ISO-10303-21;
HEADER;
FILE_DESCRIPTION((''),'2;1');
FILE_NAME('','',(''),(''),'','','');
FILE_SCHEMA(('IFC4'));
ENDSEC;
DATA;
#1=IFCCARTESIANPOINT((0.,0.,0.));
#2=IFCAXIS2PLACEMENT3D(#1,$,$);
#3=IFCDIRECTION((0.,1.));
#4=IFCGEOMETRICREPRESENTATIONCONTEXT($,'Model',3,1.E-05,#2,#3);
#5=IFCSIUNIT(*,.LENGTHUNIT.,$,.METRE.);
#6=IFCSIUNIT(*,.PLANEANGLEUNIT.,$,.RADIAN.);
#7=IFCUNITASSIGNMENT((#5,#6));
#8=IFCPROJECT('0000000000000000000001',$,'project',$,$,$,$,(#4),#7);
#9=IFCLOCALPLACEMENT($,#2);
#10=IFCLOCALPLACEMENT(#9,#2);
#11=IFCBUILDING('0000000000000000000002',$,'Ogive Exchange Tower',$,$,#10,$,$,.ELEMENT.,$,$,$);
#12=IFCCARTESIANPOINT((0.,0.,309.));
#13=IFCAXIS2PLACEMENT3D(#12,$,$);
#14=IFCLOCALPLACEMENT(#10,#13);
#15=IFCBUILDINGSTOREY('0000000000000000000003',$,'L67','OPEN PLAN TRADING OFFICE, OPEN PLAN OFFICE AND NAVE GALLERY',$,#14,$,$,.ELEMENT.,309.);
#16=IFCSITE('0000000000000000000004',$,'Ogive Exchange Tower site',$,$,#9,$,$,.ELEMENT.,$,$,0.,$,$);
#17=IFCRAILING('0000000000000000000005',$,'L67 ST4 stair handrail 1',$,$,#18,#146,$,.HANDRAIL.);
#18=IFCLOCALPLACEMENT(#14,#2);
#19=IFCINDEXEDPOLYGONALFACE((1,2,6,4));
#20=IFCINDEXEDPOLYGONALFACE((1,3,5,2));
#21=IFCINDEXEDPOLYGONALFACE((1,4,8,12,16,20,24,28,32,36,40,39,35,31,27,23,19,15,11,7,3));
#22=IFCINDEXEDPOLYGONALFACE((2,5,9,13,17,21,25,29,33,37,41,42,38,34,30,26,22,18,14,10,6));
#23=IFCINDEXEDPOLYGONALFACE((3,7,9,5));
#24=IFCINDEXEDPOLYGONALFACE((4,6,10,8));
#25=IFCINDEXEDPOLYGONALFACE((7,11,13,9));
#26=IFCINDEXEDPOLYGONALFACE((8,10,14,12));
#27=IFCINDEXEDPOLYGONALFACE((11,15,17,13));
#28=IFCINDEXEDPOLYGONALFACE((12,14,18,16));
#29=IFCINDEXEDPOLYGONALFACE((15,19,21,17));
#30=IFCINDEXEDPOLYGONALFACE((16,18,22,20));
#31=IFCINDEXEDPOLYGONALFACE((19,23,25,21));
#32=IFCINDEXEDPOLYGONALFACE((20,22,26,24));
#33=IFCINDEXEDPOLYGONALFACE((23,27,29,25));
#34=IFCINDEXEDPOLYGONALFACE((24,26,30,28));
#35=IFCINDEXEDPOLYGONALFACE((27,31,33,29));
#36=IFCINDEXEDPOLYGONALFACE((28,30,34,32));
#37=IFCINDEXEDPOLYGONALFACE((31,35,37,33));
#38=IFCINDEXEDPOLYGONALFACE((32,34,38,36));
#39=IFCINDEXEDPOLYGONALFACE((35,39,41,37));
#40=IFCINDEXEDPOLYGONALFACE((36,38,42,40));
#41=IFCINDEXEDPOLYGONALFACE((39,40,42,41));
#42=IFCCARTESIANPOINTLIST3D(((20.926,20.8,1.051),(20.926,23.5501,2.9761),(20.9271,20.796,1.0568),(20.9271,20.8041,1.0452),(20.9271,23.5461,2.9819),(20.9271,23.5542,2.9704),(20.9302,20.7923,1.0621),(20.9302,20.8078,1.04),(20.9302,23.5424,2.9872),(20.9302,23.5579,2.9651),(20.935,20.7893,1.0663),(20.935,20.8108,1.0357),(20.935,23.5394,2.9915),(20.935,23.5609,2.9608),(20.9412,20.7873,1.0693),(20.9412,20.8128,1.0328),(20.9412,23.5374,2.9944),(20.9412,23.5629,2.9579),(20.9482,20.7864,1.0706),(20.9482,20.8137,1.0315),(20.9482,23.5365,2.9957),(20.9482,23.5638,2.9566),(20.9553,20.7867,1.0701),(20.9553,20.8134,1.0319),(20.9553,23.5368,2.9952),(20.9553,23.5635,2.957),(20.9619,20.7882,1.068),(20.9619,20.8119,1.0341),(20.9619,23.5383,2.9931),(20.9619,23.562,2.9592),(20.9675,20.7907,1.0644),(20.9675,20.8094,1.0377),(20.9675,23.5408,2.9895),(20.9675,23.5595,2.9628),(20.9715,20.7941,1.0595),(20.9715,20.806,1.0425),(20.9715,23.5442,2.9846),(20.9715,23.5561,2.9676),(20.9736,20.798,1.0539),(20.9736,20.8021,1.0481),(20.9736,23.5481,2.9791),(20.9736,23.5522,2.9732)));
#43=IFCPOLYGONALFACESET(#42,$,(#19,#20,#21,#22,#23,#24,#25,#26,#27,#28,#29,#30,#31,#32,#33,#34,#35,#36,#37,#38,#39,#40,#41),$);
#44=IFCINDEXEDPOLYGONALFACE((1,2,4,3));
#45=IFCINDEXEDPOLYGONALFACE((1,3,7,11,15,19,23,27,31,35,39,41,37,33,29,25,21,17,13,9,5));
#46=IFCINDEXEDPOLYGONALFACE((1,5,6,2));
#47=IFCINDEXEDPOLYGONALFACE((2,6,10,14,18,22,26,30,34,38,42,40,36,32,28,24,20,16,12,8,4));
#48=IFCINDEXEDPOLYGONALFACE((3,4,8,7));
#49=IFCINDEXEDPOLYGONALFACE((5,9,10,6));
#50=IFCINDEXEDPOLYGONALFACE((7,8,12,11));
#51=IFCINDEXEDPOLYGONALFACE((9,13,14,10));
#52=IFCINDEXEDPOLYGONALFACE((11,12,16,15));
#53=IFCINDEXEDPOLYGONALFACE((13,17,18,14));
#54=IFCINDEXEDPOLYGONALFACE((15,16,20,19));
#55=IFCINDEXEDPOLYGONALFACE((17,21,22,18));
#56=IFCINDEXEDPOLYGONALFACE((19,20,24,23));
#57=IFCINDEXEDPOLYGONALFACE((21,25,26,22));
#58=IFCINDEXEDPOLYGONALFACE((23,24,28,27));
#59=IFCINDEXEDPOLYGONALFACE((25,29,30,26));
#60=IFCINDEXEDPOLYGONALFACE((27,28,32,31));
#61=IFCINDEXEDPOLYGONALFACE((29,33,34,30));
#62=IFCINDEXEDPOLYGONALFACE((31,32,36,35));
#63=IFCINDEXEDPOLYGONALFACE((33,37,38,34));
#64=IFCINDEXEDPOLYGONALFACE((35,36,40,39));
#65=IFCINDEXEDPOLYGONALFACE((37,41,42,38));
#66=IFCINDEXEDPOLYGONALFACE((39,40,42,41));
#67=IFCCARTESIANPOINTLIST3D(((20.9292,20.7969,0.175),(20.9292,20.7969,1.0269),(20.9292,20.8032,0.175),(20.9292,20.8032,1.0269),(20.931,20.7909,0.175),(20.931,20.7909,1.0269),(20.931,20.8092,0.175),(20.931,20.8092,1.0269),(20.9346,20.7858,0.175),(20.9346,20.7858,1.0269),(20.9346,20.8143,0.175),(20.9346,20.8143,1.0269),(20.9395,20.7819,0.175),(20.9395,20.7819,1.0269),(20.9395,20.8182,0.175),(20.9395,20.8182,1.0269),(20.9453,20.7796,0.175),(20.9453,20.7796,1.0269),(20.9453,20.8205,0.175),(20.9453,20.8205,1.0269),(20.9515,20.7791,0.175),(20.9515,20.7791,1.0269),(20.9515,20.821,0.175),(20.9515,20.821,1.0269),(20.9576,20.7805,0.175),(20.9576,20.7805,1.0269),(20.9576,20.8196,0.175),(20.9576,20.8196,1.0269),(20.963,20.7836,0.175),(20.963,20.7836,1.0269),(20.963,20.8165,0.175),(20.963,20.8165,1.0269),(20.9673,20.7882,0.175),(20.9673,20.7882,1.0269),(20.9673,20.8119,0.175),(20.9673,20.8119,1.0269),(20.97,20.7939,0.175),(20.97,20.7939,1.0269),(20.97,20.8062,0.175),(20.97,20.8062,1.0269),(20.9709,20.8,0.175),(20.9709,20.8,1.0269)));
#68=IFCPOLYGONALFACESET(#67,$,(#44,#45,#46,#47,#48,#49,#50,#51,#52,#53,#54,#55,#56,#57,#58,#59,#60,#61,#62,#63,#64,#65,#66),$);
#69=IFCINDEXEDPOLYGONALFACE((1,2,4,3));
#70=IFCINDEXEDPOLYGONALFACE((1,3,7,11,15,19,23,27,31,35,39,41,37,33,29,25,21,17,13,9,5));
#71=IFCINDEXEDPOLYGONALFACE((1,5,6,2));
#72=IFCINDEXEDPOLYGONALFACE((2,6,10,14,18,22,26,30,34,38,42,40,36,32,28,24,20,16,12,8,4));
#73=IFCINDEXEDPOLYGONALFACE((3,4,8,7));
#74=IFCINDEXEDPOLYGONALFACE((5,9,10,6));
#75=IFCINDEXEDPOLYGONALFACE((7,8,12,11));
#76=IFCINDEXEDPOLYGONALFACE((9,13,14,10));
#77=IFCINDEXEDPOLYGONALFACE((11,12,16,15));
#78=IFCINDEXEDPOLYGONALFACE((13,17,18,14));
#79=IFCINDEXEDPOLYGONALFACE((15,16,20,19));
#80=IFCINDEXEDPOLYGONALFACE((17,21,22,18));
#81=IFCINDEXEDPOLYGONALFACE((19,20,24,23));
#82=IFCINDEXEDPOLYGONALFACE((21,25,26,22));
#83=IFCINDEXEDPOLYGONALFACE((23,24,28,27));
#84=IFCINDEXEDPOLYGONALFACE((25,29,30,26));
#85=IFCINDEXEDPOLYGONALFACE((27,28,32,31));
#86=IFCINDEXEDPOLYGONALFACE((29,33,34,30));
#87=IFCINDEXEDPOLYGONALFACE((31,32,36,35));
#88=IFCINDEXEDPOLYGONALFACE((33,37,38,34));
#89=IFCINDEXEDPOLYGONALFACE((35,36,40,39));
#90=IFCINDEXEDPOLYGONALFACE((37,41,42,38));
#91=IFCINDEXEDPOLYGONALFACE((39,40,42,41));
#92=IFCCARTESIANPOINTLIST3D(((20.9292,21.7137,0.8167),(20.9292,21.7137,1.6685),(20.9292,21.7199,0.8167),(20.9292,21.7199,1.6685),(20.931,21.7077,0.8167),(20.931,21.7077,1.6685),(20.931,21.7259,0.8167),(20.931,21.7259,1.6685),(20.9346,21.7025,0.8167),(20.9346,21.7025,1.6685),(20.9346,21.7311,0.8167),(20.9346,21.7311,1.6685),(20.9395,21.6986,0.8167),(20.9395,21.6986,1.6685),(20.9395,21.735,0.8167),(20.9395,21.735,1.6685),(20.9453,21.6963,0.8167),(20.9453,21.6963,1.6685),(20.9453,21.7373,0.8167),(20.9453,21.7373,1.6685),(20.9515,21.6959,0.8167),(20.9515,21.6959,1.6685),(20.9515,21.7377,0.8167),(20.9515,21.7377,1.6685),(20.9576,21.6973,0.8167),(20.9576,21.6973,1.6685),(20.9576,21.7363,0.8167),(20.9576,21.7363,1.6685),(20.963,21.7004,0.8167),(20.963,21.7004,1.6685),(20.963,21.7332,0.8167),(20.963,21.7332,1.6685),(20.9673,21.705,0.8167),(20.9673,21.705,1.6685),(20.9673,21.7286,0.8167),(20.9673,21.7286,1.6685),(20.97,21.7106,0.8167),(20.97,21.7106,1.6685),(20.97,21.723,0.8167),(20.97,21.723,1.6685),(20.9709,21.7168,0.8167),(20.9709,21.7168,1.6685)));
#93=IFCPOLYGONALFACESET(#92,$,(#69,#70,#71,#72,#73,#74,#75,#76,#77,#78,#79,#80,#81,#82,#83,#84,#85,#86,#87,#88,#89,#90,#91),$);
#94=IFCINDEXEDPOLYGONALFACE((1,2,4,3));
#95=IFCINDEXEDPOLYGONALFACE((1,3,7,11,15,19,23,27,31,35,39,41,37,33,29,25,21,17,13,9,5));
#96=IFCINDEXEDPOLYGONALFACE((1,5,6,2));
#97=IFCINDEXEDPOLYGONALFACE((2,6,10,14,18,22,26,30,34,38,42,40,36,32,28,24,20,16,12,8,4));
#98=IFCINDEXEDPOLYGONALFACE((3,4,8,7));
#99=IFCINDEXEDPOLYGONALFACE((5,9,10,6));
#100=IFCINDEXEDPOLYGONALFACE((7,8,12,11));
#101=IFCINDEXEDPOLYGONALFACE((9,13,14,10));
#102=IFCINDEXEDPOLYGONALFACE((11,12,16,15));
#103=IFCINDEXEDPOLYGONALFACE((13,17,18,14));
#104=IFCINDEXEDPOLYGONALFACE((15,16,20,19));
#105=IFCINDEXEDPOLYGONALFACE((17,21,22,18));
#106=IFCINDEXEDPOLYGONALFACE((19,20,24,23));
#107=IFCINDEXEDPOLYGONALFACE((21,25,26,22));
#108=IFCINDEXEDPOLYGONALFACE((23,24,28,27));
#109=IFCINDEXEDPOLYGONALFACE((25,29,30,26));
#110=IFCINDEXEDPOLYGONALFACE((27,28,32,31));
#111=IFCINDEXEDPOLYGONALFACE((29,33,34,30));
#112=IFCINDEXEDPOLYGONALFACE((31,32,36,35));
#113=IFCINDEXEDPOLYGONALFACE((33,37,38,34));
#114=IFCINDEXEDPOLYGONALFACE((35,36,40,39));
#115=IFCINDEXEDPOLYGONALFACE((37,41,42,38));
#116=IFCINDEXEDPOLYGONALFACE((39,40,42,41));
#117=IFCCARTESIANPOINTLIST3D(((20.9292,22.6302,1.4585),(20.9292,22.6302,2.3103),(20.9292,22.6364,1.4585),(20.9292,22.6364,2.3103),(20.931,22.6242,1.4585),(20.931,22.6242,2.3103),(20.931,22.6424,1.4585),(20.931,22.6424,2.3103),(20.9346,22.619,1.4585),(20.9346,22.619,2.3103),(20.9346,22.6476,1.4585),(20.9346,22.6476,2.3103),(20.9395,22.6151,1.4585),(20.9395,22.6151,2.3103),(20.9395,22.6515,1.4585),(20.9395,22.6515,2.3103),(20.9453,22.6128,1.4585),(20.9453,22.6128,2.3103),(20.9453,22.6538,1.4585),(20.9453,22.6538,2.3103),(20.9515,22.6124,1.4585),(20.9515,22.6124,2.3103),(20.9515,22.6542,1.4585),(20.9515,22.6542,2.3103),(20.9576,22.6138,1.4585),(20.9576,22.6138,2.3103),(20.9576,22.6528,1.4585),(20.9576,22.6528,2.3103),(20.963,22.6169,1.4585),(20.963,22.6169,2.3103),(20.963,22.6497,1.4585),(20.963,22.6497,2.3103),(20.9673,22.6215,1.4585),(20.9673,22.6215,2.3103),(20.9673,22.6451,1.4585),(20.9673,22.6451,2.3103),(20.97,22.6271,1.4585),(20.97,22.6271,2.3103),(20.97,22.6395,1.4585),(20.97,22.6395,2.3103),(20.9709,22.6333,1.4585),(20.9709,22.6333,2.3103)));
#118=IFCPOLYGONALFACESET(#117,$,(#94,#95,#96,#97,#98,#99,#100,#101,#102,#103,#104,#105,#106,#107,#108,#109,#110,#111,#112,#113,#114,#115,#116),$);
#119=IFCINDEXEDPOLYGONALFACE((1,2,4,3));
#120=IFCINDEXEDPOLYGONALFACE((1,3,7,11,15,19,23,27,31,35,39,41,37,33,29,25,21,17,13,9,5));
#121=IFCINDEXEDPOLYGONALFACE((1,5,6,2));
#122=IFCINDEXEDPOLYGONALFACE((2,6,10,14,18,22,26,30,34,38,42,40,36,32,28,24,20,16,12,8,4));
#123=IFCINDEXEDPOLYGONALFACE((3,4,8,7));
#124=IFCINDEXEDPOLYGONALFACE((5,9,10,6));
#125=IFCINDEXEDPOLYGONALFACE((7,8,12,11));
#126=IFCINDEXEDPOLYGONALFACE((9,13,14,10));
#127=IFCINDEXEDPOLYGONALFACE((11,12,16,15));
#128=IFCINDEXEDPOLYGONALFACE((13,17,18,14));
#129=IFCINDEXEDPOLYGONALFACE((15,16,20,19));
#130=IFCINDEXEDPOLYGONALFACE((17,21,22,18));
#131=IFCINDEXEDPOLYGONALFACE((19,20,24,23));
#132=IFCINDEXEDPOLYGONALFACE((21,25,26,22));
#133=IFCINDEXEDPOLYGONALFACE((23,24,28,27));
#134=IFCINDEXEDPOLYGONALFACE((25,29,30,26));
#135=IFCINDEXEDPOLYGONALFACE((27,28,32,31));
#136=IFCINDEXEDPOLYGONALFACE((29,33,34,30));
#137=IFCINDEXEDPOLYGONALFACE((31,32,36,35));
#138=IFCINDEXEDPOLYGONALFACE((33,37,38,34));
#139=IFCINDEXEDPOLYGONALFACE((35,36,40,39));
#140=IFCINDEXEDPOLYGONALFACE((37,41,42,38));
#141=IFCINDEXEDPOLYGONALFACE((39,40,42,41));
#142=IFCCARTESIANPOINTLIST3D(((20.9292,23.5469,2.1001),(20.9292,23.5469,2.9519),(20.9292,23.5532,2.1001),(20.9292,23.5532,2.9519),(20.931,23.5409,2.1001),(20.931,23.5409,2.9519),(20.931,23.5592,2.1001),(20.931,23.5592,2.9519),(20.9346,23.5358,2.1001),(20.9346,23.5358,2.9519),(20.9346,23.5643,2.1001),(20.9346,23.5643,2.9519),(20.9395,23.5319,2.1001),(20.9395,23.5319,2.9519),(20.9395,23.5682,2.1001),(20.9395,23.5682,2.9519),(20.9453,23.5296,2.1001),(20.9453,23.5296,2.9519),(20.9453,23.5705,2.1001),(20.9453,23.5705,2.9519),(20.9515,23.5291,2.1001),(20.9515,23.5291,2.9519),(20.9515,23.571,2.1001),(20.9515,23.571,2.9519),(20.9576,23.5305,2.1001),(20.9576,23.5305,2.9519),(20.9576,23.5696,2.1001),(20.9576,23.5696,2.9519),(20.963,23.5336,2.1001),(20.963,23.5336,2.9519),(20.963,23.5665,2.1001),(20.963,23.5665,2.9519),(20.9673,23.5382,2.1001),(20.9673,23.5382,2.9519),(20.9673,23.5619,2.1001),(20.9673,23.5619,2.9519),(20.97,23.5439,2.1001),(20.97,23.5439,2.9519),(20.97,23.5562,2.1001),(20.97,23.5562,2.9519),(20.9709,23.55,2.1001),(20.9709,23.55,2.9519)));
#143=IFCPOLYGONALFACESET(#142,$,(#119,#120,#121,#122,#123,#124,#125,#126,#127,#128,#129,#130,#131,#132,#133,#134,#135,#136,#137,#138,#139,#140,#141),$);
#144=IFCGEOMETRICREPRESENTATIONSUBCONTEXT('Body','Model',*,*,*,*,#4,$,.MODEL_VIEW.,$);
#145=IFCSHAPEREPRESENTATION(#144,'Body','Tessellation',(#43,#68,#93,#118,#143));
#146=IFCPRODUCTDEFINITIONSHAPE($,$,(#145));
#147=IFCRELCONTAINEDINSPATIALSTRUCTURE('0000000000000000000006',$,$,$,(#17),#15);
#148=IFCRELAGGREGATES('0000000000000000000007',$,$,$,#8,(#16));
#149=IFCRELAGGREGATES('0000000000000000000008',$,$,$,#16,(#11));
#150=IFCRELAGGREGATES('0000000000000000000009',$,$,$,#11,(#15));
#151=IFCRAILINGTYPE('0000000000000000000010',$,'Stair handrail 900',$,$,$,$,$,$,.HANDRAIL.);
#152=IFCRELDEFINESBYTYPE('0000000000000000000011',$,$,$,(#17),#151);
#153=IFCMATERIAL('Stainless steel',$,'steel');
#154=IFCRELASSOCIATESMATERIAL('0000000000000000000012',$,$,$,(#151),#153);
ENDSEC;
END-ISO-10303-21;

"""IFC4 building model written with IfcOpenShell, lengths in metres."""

from ifc_helpers import new_model, si_unit, direction, frame, origin, origin_2d, place, context, subcontext, project, spatial, circle, extrude, material, type_object, element, save


model = new_model("IFC4")

# Units and contexts
model_context = context("Model", 3, precision=1e-05, world=origin(), true_north=direction((0.0, 1.0)))
body_context = subcontext(model_context, "Body", "Model", "MODEL_VIEW")
ifc_project = project(units=[si_unit("LENGTHUNIT", "METRE"), si_unit("PLANEANGLEUNIT", "RADIAN")], contexts=[model_context])

# Site, building, storey
site_placement = place(None, origin())
site = spatial("IfcSite", under=ifc_project, at=site_placement, Name="Ogive Exchange Tower site", CompositionType="ELEMENT", RefElevation=0.0)
building_placement = place(site_placement, origin())
building = spatial("IfcBuilding", under=site, at=building_placement, Name="Ogive Exchange Tower", CompositionType="ELEMENT")
storey_placement = place(building_placement, frame((0.0, 0.0, 309.0)))
storey = spatial("IfcBuildingStorey", under=building, at=storey_placement, Name="L67", Description="OPEN PLAN TRADING OFFICE, OPEN PLAN OFFICE AND NAVE GALLERY", CompositionType="ELEMENT", Elevation=309.0)

# Railing
ifc_material_1 = material(Name="Stainless steel", Category="steel")
railing_type = type_object("IfcRailingType", Name="Stair handrail 900", PredefinedType="HANDRAIL", material=ifc_material_1)
railing_1_placement = place(storey_placement, frame((20.95, 20.8, 0.175)))
element("IfcRailing", 1, at=railing_1_placement, inside=storey, type_object=railing_type, Name="L67 ST4 stair handrail 1", PredefinedType="HANDRAIL", context=body_context, shape_type="SweptSolid", body=[
    extrude(circle(Radius=0.0239, at=origin_2d()), frame((0.0, 0.0, 0.876), z_axis=(0.0, 0.819225, 0.573472), x_axis=(-1.0, 0.0, 0.0)), (0.0, 0.0, 1.0), 3.3569),
    extrude(circle(Radius=0.021, at=origin_2d()), origin(), (0.0, 0.0, 1.0), 0.8518),
    extrude(circle(Radius=0.021, at=origin_2d()), frame((0.0, 0.9167, 0.6416)), (0.0, 0.0, 1.0), 0.8518),
    extrude(circle(Radius=0.021, at=origin_2d()), frame((0.0, 1.8333, 1.2834)), (0.0, 0.0, 1.0), 0.8518),
    extrude(circle(Radius=0.021, at=origin_2d()), frame((0.0, 2.75, 1.925)), (0.0, 0.0, 1.0), 0.8518),
])

save(model, "model.ifc")
